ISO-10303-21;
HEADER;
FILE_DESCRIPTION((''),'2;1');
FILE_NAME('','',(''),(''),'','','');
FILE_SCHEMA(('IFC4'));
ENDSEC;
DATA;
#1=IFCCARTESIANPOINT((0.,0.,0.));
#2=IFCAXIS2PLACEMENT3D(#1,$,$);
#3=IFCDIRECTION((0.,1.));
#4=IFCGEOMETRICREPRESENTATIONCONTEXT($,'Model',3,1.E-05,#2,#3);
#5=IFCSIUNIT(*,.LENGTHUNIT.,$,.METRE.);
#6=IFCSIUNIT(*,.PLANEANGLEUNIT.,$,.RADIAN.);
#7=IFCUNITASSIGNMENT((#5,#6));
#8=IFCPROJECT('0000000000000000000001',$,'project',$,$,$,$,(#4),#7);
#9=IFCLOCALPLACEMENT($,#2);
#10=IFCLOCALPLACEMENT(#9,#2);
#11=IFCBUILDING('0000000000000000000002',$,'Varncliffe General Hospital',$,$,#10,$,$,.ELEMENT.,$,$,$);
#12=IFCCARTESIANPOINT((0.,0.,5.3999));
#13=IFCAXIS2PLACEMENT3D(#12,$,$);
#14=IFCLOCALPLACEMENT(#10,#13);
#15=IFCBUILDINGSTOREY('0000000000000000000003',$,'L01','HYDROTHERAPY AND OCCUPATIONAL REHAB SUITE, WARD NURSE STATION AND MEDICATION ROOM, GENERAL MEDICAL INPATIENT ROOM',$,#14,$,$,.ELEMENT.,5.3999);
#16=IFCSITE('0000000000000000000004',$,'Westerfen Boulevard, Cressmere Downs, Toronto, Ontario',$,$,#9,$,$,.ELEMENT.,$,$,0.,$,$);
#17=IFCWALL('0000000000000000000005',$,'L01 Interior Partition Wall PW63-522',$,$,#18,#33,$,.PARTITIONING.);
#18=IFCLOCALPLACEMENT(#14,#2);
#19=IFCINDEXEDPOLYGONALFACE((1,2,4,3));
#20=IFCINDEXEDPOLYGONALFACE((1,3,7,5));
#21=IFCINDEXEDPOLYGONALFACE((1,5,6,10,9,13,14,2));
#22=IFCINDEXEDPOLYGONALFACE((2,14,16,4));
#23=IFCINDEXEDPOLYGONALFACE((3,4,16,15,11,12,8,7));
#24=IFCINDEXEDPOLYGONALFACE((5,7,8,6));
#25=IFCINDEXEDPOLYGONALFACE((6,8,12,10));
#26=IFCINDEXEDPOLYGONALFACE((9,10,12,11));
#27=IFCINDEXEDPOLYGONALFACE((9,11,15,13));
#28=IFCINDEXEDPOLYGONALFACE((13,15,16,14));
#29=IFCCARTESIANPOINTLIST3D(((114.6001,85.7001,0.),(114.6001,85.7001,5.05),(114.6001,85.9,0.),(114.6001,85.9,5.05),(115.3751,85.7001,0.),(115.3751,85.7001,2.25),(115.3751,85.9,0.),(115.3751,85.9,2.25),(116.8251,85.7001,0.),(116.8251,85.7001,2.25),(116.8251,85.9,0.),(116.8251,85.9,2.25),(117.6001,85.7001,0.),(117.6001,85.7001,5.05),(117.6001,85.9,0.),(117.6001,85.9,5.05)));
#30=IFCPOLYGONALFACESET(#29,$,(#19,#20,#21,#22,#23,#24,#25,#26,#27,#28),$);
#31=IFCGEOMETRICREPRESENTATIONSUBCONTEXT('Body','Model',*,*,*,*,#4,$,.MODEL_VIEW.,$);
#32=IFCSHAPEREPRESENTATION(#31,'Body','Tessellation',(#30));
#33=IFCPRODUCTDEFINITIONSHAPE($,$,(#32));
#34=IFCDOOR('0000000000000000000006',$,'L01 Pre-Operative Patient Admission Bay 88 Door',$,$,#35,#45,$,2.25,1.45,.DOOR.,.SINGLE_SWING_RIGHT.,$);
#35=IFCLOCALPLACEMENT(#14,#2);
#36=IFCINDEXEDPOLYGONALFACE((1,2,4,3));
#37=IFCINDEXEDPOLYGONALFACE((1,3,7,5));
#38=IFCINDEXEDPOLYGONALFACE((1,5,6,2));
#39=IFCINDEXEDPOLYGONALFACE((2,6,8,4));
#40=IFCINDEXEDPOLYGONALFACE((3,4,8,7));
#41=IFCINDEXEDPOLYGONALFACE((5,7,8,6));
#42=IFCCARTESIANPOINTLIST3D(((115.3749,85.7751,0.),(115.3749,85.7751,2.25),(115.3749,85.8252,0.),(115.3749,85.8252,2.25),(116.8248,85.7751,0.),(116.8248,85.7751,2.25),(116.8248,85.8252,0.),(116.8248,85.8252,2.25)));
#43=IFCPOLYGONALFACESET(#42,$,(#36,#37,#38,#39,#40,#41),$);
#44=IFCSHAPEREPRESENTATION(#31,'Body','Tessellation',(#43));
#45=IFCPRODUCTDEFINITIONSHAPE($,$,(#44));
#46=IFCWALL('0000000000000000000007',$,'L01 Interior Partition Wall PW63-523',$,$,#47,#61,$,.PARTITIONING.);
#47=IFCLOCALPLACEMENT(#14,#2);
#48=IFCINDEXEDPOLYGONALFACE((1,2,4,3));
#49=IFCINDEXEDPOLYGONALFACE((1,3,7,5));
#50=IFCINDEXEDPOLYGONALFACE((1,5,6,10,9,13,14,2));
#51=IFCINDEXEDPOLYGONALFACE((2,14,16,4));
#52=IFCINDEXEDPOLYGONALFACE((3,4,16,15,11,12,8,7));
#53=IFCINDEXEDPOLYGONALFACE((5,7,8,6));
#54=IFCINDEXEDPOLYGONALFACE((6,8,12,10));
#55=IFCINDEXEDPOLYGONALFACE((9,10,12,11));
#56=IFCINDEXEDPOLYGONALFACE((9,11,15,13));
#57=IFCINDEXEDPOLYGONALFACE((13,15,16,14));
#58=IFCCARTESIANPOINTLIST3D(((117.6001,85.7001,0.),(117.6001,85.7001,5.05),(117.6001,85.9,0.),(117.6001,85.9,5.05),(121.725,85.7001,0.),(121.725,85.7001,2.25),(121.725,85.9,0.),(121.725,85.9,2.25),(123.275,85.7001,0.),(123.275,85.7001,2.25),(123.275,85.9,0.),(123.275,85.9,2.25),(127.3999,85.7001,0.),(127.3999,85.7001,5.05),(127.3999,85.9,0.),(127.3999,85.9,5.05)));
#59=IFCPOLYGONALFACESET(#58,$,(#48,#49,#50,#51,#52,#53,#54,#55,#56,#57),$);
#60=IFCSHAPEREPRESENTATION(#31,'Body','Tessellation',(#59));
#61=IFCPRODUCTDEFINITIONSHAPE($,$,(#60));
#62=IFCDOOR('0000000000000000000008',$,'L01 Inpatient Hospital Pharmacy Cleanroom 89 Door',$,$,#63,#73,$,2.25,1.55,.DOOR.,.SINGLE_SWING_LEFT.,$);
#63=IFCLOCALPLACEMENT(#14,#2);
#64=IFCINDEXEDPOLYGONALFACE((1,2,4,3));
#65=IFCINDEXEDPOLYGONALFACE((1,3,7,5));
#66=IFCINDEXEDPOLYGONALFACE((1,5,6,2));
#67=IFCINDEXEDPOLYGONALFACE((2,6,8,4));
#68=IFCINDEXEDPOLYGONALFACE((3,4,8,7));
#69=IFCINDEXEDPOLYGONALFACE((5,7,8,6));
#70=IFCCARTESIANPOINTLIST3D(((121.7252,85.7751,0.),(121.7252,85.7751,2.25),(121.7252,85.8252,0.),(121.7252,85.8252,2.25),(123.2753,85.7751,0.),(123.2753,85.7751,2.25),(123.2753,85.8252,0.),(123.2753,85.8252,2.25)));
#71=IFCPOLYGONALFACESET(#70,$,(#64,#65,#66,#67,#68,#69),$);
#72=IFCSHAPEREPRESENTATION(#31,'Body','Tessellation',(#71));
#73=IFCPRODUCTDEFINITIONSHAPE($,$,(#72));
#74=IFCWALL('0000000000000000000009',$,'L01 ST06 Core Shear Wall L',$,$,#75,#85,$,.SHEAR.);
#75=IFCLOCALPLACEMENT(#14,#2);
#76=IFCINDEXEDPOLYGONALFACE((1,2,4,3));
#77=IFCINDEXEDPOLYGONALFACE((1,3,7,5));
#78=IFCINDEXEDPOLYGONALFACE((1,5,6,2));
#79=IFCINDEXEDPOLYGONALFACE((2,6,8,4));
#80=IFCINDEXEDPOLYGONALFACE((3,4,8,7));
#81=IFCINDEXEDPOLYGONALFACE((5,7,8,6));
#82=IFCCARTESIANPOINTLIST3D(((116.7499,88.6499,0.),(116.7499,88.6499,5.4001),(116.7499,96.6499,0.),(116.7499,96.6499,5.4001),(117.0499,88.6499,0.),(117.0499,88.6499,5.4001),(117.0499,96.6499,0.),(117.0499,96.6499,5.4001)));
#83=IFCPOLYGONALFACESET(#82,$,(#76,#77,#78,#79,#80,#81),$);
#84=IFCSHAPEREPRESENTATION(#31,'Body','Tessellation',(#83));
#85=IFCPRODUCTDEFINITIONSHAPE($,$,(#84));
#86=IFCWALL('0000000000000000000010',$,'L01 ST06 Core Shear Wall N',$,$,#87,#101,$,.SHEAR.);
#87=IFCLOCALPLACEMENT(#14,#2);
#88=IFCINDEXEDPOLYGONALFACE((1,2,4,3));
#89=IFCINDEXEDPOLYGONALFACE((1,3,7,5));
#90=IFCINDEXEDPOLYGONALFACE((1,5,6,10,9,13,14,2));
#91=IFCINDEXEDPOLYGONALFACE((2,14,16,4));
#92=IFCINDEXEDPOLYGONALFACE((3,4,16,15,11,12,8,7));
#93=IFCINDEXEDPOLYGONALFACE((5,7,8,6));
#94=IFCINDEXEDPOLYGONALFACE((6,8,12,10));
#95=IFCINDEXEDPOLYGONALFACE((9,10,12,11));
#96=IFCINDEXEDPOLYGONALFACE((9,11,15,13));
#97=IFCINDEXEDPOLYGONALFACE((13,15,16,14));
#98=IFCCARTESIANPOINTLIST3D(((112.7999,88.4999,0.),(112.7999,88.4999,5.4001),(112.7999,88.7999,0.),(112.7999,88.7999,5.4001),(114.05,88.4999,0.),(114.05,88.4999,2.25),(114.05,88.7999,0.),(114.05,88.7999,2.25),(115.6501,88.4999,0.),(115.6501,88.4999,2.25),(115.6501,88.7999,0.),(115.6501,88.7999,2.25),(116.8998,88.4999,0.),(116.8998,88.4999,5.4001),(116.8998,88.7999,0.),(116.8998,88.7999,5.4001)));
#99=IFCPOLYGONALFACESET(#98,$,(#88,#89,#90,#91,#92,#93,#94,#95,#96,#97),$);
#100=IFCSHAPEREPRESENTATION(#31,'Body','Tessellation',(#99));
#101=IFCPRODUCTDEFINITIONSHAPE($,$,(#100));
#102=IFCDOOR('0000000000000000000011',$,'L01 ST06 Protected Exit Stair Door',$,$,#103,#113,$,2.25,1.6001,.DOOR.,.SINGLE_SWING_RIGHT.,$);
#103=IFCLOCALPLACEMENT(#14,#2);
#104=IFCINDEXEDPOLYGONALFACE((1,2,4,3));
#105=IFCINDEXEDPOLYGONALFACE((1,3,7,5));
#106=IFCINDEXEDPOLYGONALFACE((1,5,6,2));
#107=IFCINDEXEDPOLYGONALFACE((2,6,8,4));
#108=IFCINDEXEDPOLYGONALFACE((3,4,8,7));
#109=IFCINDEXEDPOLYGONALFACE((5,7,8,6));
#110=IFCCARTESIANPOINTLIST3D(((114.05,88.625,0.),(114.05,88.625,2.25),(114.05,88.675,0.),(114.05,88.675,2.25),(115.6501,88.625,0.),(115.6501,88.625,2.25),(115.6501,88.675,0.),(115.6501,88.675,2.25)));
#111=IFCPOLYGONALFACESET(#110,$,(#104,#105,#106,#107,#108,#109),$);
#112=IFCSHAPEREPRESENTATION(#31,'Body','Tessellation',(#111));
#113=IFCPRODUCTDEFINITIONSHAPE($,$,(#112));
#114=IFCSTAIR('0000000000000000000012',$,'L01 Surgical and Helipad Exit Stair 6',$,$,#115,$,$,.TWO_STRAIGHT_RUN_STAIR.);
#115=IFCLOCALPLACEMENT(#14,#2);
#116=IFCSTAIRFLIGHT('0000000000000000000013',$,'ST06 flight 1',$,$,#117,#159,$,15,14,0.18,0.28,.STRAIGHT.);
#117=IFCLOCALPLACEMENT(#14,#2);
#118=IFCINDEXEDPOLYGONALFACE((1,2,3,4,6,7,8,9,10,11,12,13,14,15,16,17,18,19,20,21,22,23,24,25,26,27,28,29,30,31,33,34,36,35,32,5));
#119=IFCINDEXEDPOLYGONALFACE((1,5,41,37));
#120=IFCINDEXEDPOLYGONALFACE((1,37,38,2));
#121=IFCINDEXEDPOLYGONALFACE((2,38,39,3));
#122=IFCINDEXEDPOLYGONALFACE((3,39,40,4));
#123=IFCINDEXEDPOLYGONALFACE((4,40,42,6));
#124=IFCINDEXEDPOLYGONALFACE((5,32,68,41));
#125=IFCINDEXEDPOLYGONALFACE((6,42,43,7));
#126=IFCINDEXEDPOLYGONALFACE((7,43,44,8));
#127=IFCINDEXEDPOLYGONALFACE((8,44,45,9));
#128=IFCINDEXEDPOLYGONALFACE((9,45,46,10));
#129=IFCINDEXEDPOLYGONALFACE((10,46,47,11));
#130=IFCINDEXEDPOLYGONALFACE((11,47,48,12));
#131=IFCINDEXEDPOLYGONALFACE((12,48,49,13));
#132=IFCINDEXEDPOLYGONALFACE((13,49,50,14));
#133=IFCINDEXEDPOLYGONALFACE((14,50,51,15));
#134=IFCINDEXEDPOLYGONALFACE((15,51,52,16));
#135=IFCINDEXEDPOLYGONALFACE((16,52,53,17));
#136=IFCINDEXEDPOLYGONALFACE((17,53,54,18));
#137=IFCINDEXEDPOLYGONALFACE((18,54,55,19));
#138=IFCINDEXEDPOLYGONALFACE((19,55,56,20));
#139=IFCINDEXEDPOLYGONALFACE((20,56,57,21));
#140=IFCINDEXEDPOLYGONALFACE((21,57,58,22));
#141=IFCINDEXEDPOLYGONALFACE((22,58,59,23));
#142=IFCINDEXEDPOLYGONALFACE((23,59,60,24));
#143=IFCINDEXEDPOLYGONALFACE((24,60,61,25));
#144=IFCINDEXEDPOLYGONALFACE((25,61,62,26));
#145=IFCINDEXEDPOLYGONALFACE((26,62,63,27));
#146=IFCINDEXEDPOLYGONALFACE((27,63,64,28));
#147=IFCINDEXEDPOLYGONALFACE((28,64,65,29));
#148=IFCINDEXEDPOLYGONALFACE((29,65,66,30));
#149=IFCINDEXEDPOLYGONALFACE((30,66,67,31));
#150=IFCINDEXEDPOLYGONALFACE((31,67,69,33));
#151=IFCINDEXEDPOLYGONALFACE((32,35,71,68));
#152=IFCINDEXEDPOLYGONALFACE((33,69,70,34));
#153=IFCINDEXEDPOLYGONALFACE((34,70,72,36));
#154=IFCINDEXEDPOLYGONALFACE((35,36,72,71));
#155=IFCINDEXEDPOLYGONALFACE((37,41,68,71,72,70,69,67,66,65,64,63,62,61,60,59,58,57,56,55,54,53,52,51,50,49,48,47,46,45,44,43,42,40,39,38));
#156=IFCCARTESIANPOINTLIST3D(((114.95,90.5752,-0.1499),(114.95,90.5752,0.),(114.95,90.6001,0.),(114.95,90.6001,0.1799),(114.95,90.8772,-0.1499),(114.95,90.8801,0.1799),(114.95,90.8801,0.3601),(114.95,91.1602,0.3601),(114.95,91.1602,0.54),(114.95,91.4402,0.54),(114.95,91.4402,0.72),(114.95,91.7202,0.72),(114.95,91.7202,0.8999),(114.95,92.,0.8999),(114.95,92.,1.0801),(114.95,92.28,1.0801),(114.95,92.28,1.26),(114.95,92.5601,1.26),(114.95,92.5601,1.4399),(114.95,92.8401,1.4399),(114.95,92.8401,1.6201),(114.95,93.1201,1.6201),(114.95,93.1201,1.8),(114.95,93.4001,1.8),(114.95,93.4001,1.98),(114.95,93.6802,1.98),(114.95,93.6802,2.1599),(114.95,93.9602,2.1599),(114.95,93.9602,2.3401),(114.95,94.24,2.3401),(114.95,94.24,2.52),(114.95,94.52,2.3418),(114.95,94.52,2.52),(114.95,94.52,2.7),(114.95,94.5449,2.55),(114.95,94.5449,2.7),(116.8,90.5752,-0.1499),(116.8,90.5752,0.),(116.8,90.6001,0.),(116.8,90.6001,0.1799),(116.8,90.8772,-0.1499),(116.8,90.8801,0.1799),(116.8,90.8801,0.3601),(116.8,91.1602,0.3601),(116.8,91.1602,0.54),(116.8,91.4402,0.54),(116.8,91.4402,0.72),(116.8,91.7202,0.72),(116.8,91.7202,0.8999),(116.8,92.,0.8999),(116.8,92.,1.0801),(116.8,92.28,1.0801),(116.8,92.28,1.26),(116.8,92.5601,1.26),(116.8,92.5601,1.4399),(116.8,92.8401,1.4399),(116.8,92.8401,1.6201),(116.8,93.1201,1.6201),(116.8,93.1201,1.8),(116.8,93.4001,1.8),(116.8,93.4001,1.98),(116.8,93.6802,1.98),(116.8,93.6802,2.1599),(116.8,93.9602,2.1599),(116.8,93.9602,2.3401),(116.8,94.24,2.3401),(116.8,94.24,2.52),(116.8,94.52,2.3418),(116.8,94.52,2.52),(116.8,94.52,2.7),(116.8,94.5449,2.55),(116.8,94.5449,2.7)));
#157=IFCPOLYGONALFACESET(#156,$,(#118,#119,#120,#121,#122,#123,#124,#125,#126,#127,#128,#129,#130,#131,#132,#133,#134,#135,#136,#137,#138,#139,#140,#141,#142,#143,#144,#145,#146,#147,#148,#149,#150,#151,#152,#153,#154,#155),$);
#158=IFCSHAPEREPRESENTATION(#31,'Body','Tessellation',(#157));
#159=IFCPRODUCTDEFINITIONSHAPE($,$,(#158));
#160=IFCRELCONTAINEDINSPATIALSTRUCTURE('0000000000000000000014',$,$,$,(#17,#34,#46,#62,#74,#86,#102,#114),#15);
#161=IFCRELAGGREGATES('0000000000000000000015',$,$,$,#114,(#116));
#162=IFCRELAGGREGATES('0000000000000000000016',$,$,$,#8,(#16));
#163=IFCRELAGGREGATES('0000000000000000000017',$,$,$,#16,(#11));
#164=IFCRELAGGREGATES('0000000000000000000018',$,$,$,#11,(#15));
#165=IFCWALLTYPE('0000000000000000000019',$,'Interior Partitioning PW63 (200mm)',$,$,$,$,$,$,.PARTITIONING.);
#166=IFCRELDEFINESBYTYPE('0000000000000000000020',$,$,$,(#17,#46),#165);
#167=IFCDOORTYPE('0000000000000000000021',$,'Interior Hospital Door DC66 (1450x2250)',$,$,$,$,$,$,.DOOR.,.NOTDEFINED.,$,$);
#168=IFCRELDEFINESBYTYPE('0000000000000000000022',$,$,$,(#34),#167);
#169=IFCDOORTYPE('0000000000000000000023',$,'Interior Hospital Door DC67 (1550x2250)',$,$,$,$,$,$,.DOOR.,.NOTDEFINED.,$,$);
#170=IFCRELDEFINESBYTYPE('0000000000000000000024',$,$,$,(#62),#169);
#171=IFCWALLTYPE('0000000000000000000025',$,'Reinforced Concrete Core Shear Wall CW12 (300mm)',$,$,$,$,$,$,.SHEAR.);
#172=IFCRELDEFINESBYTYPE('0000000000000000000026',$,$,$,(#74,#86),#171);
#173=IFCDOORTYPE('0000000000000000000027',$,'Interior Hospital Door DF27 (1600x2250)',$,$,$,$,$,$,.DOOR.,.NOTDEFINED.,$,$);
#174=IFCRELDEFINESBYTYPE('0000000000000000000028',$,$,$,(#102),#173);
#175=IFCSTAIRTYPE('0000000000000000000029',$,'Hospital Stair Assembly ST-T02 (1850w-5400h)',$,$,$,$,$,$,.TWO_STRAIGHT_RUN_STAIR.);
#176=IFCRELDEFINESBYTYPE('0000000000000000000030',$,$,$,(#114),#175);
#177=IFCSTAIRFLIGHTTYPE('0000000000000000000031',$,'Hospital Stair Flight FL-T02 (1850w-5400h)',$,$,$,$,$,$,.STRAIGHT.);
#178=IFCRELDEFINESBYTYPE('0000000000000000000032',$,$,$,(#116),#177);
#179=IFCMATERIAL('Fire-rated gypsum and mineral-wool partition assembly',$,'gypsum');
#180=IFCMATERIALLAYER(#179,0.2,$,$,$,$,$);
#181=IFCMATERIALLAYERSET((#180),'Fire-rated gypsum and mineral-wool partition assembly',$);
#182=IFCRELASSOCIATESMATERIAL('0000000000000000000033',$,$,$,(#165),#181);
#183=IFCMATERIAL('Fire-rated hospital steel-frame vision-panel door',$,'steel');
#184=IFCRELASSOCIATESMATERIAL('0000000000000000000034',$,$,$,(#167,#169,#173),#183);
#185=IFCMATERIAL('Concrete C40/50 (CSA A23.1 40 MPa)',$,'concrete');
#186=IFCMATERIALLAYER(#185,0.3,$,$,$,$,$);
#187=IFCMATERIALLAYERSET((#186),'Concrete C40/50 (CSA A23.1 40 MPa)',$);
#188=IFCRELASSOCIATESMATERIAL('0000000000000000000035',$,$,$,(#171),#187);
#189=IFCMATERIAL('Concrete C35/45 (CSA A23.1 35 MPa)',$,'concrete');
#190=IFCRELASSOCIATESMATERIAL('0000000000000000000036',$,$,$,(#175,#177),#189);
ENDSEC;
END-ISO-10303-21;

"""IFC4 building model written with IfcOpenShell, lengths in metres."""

from ifc_helpers import new_model, si_unit, direction, frame, frame_2d, origin, place, context, subcontext, project, spatial, polyline, rectangle, outline, extrude, material, layer, layer_set, type_object, element, fill, aggregate, save


model = new_model("IFC4")

# Units and contexts
model_context = context("Model", 3, precision=1e-05, world=origin(), true_north=direction((0.0, 1.0)))
body_context = subcontext(model_context, "Body", "Model", "MODEL_VIEW")
ifc_project = project(units=[si_unit("LENGTHUNIT", "METRE"), si_unit("PLANEANGLEUNIT", "RADIAN")], contexts=[model_context])

# Site, building, storey
site_placement = place(None, origin())
site = spatial("IfcSite", under=ifc_project, at=site_placement, Name="Westerfen Boulevard, Cressmere Downs, Toronto, Ontario", CompositionType="ELEMENT", RefElevation=0.0)
building_placement = place(site_placement, origin())
building = spatial("IfcBuilding", under=site, at=building_placement, Name="Varncliffe General Hospital", CompositionType="ELEMENT")
storey_placement = place(building_placement, frame((0.0, 0.0, 5.3999)))
storey = spatial("IfcBuildingStorey", under=building, at=storey_placement, Name="L01", Description="HYDROTHERAPY AND OCCUPATIONAL REHAB SUITE, WARD NURSE STATION AND MEDICATION ROOM, GENERAL MEDICAL INPATIENT ROOM", CompositionType="ELEMENT", Elevation=5.3999)

# Shared definitions
ifc_material_1 = material(Name="Concrete C40/50 (CSA A23.1 40 MPa)", Category="concrete")

# Shared definitions
ifc_material_2 = material(Name="Concrete C35/45 (CSA A23.1 35 MPa)", Category="concrete")

# Shared definitions
ifc_material_3 = material(Name="Fire-rated gypsum and mineral-wool partition assembly", Category="gypsum")
ifc_material_4 = material(Name="Fire-rated hospital steel-frame vision-panel door", Category="steel")

# Walls, openings, doors
ifc_layer_1 = layer(ifc_material_3, 0.2)
ifc_layer_set_1 = layer_set([ifc_layer_1], Name="Fire-rated gypsum and mineral-wool partition assembly")
wall_type_1 = type_object("IfcWallType", Name="Interior Partitioning PW63 (200mm)", PredefinedType="PARTITIONING", material=ifc_layer_set_1)
wall_1_placement = place(storey_placement, frame((114.6001, 85.8, 0.0), z_axis=(0.0, 0.0, 1.0), x_axis=(1.0, 0.0, 0.0)))
wall_1 = element("IfcWall", 1, at=wall_1_placement, inside=storey, type_object=wall_type_1, Name="L01 Interior Partition Wall PW63-522", PredefinedType="PARTITIONING", context=body_context, shape_type="SweptSolid", body=[
    extrude(rectangle(XDim=3.0, YDim=0.2, at=frame_2d((1.5, 0.0))), origin(), (0.0, 0.0, 1.0), 5.05),
])
opening_1_placement = place(wall_1_placement, frame((0.7749, 0.0, 0.0)))
opening_1 = element("IfcOpeningElement", 2, at=opening_1_placement, cuts=wall_1, PredefinedType="OPENING", context=body_context, shape_type="SweptSolid", body=[
    extrude(rectangle(XDim=1.45, YDim=2.25, at=frame_2d((0.7251, 1.125))), frame((0.0, 0.1099, 0.0), z_axis=(0.0, -1.0, 0.0), x_axis=(1.0, 0.0, 0.0)), (0.0, 0.0, 1.0), 0.22),
])
door_type_1 = type_object("IfcDoorType", Name="Interior Hospital Door DC66 (1450x2250)", OperationType="NOTDEFINED", PredefinedType="DOOR", material=ifc_material_4)
door_1_placement = place(opening_1_placement, frame((1.45, 0.0, 0.0), z_axis=(0.0, 0.0, 1.0), x_axis=(-1.0, 0.0, 0.0)))
door_1 = element("IfcDoor", 3, at=door_1_placement, inside=storey, type_object=door_type_1, Name="L01 Pre-Operative Patient Admission Bay 88 Door", OperationType="SINGLE_SWING_RIGHT", OverallHeight=2.25, OverallWidth=1.45, PredefinedType="DOOR", context=body_context, shape_type="SweptSolid", body=[
    extrude(rectangle(XDim=1.45, YDim=2.25, at=frame_2d((0.7251, 1.125))), frame((0.0, 0.0249, 0.0), z_axis=(0.0, -1.0, 0.0), x_axis=(1.0, 0.0, 0.0)), (0.0, 0.0, 1.0), 0.05),
])
fill(opening_1, door_1)
wall_2_placement = place(storey_placement, frame((117.6001, 85.8, 0.0), z_axis=(0.0, 0.0, 1.0), x_axis=(1.0, 0.0, 0.0)))
wall_2 = element("IfcWall", 4, at=wall_2_placement, inside=storey, type_object=wall_type_1, Name="L01 Interior Partition Wall PW63-523", PredefinedType="PARTITIONING", context=body_context, shape_type="SweptSolid", body=[
    extrude(rectangle(XDim=9.7998, YDim=0.2, at=frame_2d((4.8999, 0.0))), origin(), (0.0, 0.0, 1.0), 5.05),
])
opening_2_placement = place(wall_2_placement, frame((4.125, 0.0, 0.0)))
opening_2 = element("IfcOpeningElement", 5, at=opening_2_placement, cuts=wall_2, PredefinedType="OPENING", context=body_context, shape_type="SweptSolid", body=[
    extrude(rectangle(XDim=1.55, YDim=2.25, at=frame_2d((0.7749, 1.125))), frame((0.0, 0.1099, 0.0), z_axis=(0.0, -1.0, 0.0), x_axis=(1.0, 0.0, 0.0)), (0.0, 0.0, 1.0), 0.22),
])
door_type_2 = type_object("IfcDoorType", Name="Interior Hospital Door DC67 (1550x2250)", OperationType="NOTDEFINED", PredefinedType="DOOR", material=ifc_material_4)
door_2_placement = place(opening_2_placement, frame((1.55, 0.0, 0.0), z_axis=(0.0, 0.0, 1.0), x_axis=(-1.0, 0.0, 0.0)))
door_2 = element("IfcDoor", 6, at=door_2_placement, inside=storey, type_object=door_type_2, Name="L01 Inpatient Hospital Pharmacy Cleanroom 89 Door", OperationType="SINGLE_SWING_LEFT", OverallHeight=2.25, OverallWidth=1.55, PredefinedType="DOOR", context=body_context, shape_type="SweptSolid", body=[
    extrude(rectangle(XDim=1.55, YDim=2.25, at=frame_2d((0.7749, 1.125))), frame((0.0, 0.0249, 0.0), z_axis=(0.0, -1.0, 0.0), x_axis=(1.0, 0.0, 0.0)), (0.0, 0.0, 1.0), 0.05),
])
fill(opening_2, door_2)

# Wall
ifc_layer_2 = layer(ifc_material_1, 0.3)
ifc_layer_set_2 = layer_set([ifc_layer_2], Name="Concrete C40/50 (CSA A23.1 40 MPa)")
wall_type_2 = type_object("IfcWallType", Name="Reinforced Concrete Core Shear Wall CW12 (300mm)", PredefinedType="SHEAR", material=ifc_layer_set_2)
wall_3_placement = place(storey_placement, frame((116.8999, 88.6499, 0.0), z_axis=(0.0, 0.0, 1.0), x_axis=(0.0, 1.0, 0.0)))
element("IfcWall", 7, at=wall_3_placement, inside=storey, type_object=wall_type_2, Name="L01 ST06 Core Shear Wall L", PredefinedType="SHEAR", context=body_context, shape_type="SweptSolid", body=[
    extrude(rectangle(XDim=8.0, YDim=0.3, at=frame_2d((4.0, 0.0))), origin(), (0.0, 0.0, 1.0), 5.4001),
])

# Wall, opening, door
wall_4_placement = place(storey_placement, frame((112.8, 88.6499, 0.0), z_axis=(0.0, 0.0, 1.0), x_axis=(1.0, 0.0, 0.0)))
wall_4 = element("IfcWall", 8, at=wall_4_placement, inside=storey, type_object=wall_type_2, Name="L01 ST06 Core Shear Wall N", PredefinedType="SHEAR", context=body_context, shape_type="SweptSolid", body=[
    extrude(rectangle(XDim=4.0999, YDim=0.3, at=frame_2d((2.0498, 0.0))), origin(), (0.0, 0.0, 1.0), 5.4001),
])
opening_3_placement = place(wall_4_placement, frame((1.25, 0.0, 0.0)))
opening_3 = element("IfcOpeningElement", 9, at=opening_3_placement, cuts=wall_4, PredefinedType="OPENING", context=body_context, shape_type="SweptSolid", body=[
    extrude(rectangle(XDim=1.6001, YDim=2.25, at=frame_2d((0.8, 1.125))), frame((0.0, 0.1602, 0.0), z_axis=(0.0, -1.0, 0.0), x_axis=(1.0, 0.0, 0.0)), (0.0, 0.0, 1.0), 0.3201),
])
door_type_3 = type_object("IfcDoorType", Name="Interior Hospital Door DF27 (1600x2250)", OperationType="NOTDEFINED", PredefinedType="DOOR", material=ifc_material_4)
door_3_placement = place(opening_3_placement, frame((1.6001, 0.0, 0.0), z_axis=(0.0, 0.0, 1.0), x_axis=(-1.0, 0.0, 0.0)))
door_3 = element("IfcDoor", 10, at=door_3_placement, inside=storey, type_object=door_type_3, Name="L01 ST06 Protected Exit Stair Door", OperationType="SINGLE_SWING_RIGHT", OverallHeight=2.25, OverallWidth=1.6001, PredefinedType="DOOR", context=body_context, shape_type="SweptSolid", body=[
    extrude(rectangle(XDim=1.6001, YDim=2.25, at=frame_2d((0.8, 1.125))), frame((0.0, 0.0249, 0.0), z_axis=(0.0, -1.0, 0.0), x_axis=(1.0, 0.0, 0.0)), (0.0, 0.0, 1.0), 0.05),
])
fill(opening_3, door_3)

# Stair, stair flight
stair_type = type_object("IfcStairType", Name="Hospital Stair Assembly ST-T02 (1850w-5400h)", PredefinedType="TWO_STRAIGHT_RUN_STAIR", material=ifc_material_2)
stair_placement = place(storey_placement, origin())
stair = element("IfcStair", 11, at=stair_placement, inside=storey, type_object=stair_type, Name="L01 Surgical and Helipad Exit Stair 6", PredefinedType="TWO_STRAIGHT_RUN_STAIR")
stair_flight_type = type_object("IfcStairFlightType", Name="Hospital Stair Flight FL-T02 (1850w-5400h)", PredefinedType="STRAIGHT", material=ifc_material_2)
stair_flight_placement = place(storey_placement, frame((115.875, 90.6001, 0.0), z_axis=(0.0, 0.0, 1.0), x_axis=(0.0, 1.0, 0.0)))
stair_flight = element("IfcStairFlight", 12, at=stair_flight_placement, type_object=stair_flight_type, Name="ST06 flight 1", NumberOfRisers=15, NumberOfTreads=14, PredefinedType="STRAIGHT", RiserHeight=0.18, TreadLength=0.28, context=body_context, shape_type="SweptSolid", body=[
    extrude(outline(polyline([(-0.0249, -0.1499), (-0.0249, 0.0), (0.0, 0.0), (0.0, 0.1799), (0.28, 0.1799), (0.28, 0.3601), (0.5601, 0.3601), (0.5601, 0.54), (0.8401, 0.54), (0.8401, 0.72), (1.1201, 0.72), (1.1201, 0.8999), (1.3999, 0.8999), (1.3999, 1.0801), (1.6799, 1.0801), (1.6799, 1.26), (1.96, 1.26), (1.96, 1.4399), (2.24, 1.4399), (2.24, 1.6201), (2.52, 1.6201), (2.52, 1.8), (2.8, 1.8), (2.8, 1.98), (3.0801, 1.98), (3.0801, 2.1599), (3.3601, 2.1599), (3.3601, 2.3401), (3.6399, 2.3401), (3.6399, 2.52), (3.9199, 2.52), (3.9199, 2.7), (3.9448, 2.7), (3.9448, 2.55), (3.9199, 2.3418), (0.2771, -0.1499), (-0.0249, -0.1499)])), frame((0.0, 0.925, 0.0), z_axis=(0.0, -1.0, 0.0), x_axis=(1.0, 0.0, 0.0)), (0.0, 0.0, 1.0), 1.8501),
])
aggregate(stair, [stair_flight])

save(model, "model.ifc")
